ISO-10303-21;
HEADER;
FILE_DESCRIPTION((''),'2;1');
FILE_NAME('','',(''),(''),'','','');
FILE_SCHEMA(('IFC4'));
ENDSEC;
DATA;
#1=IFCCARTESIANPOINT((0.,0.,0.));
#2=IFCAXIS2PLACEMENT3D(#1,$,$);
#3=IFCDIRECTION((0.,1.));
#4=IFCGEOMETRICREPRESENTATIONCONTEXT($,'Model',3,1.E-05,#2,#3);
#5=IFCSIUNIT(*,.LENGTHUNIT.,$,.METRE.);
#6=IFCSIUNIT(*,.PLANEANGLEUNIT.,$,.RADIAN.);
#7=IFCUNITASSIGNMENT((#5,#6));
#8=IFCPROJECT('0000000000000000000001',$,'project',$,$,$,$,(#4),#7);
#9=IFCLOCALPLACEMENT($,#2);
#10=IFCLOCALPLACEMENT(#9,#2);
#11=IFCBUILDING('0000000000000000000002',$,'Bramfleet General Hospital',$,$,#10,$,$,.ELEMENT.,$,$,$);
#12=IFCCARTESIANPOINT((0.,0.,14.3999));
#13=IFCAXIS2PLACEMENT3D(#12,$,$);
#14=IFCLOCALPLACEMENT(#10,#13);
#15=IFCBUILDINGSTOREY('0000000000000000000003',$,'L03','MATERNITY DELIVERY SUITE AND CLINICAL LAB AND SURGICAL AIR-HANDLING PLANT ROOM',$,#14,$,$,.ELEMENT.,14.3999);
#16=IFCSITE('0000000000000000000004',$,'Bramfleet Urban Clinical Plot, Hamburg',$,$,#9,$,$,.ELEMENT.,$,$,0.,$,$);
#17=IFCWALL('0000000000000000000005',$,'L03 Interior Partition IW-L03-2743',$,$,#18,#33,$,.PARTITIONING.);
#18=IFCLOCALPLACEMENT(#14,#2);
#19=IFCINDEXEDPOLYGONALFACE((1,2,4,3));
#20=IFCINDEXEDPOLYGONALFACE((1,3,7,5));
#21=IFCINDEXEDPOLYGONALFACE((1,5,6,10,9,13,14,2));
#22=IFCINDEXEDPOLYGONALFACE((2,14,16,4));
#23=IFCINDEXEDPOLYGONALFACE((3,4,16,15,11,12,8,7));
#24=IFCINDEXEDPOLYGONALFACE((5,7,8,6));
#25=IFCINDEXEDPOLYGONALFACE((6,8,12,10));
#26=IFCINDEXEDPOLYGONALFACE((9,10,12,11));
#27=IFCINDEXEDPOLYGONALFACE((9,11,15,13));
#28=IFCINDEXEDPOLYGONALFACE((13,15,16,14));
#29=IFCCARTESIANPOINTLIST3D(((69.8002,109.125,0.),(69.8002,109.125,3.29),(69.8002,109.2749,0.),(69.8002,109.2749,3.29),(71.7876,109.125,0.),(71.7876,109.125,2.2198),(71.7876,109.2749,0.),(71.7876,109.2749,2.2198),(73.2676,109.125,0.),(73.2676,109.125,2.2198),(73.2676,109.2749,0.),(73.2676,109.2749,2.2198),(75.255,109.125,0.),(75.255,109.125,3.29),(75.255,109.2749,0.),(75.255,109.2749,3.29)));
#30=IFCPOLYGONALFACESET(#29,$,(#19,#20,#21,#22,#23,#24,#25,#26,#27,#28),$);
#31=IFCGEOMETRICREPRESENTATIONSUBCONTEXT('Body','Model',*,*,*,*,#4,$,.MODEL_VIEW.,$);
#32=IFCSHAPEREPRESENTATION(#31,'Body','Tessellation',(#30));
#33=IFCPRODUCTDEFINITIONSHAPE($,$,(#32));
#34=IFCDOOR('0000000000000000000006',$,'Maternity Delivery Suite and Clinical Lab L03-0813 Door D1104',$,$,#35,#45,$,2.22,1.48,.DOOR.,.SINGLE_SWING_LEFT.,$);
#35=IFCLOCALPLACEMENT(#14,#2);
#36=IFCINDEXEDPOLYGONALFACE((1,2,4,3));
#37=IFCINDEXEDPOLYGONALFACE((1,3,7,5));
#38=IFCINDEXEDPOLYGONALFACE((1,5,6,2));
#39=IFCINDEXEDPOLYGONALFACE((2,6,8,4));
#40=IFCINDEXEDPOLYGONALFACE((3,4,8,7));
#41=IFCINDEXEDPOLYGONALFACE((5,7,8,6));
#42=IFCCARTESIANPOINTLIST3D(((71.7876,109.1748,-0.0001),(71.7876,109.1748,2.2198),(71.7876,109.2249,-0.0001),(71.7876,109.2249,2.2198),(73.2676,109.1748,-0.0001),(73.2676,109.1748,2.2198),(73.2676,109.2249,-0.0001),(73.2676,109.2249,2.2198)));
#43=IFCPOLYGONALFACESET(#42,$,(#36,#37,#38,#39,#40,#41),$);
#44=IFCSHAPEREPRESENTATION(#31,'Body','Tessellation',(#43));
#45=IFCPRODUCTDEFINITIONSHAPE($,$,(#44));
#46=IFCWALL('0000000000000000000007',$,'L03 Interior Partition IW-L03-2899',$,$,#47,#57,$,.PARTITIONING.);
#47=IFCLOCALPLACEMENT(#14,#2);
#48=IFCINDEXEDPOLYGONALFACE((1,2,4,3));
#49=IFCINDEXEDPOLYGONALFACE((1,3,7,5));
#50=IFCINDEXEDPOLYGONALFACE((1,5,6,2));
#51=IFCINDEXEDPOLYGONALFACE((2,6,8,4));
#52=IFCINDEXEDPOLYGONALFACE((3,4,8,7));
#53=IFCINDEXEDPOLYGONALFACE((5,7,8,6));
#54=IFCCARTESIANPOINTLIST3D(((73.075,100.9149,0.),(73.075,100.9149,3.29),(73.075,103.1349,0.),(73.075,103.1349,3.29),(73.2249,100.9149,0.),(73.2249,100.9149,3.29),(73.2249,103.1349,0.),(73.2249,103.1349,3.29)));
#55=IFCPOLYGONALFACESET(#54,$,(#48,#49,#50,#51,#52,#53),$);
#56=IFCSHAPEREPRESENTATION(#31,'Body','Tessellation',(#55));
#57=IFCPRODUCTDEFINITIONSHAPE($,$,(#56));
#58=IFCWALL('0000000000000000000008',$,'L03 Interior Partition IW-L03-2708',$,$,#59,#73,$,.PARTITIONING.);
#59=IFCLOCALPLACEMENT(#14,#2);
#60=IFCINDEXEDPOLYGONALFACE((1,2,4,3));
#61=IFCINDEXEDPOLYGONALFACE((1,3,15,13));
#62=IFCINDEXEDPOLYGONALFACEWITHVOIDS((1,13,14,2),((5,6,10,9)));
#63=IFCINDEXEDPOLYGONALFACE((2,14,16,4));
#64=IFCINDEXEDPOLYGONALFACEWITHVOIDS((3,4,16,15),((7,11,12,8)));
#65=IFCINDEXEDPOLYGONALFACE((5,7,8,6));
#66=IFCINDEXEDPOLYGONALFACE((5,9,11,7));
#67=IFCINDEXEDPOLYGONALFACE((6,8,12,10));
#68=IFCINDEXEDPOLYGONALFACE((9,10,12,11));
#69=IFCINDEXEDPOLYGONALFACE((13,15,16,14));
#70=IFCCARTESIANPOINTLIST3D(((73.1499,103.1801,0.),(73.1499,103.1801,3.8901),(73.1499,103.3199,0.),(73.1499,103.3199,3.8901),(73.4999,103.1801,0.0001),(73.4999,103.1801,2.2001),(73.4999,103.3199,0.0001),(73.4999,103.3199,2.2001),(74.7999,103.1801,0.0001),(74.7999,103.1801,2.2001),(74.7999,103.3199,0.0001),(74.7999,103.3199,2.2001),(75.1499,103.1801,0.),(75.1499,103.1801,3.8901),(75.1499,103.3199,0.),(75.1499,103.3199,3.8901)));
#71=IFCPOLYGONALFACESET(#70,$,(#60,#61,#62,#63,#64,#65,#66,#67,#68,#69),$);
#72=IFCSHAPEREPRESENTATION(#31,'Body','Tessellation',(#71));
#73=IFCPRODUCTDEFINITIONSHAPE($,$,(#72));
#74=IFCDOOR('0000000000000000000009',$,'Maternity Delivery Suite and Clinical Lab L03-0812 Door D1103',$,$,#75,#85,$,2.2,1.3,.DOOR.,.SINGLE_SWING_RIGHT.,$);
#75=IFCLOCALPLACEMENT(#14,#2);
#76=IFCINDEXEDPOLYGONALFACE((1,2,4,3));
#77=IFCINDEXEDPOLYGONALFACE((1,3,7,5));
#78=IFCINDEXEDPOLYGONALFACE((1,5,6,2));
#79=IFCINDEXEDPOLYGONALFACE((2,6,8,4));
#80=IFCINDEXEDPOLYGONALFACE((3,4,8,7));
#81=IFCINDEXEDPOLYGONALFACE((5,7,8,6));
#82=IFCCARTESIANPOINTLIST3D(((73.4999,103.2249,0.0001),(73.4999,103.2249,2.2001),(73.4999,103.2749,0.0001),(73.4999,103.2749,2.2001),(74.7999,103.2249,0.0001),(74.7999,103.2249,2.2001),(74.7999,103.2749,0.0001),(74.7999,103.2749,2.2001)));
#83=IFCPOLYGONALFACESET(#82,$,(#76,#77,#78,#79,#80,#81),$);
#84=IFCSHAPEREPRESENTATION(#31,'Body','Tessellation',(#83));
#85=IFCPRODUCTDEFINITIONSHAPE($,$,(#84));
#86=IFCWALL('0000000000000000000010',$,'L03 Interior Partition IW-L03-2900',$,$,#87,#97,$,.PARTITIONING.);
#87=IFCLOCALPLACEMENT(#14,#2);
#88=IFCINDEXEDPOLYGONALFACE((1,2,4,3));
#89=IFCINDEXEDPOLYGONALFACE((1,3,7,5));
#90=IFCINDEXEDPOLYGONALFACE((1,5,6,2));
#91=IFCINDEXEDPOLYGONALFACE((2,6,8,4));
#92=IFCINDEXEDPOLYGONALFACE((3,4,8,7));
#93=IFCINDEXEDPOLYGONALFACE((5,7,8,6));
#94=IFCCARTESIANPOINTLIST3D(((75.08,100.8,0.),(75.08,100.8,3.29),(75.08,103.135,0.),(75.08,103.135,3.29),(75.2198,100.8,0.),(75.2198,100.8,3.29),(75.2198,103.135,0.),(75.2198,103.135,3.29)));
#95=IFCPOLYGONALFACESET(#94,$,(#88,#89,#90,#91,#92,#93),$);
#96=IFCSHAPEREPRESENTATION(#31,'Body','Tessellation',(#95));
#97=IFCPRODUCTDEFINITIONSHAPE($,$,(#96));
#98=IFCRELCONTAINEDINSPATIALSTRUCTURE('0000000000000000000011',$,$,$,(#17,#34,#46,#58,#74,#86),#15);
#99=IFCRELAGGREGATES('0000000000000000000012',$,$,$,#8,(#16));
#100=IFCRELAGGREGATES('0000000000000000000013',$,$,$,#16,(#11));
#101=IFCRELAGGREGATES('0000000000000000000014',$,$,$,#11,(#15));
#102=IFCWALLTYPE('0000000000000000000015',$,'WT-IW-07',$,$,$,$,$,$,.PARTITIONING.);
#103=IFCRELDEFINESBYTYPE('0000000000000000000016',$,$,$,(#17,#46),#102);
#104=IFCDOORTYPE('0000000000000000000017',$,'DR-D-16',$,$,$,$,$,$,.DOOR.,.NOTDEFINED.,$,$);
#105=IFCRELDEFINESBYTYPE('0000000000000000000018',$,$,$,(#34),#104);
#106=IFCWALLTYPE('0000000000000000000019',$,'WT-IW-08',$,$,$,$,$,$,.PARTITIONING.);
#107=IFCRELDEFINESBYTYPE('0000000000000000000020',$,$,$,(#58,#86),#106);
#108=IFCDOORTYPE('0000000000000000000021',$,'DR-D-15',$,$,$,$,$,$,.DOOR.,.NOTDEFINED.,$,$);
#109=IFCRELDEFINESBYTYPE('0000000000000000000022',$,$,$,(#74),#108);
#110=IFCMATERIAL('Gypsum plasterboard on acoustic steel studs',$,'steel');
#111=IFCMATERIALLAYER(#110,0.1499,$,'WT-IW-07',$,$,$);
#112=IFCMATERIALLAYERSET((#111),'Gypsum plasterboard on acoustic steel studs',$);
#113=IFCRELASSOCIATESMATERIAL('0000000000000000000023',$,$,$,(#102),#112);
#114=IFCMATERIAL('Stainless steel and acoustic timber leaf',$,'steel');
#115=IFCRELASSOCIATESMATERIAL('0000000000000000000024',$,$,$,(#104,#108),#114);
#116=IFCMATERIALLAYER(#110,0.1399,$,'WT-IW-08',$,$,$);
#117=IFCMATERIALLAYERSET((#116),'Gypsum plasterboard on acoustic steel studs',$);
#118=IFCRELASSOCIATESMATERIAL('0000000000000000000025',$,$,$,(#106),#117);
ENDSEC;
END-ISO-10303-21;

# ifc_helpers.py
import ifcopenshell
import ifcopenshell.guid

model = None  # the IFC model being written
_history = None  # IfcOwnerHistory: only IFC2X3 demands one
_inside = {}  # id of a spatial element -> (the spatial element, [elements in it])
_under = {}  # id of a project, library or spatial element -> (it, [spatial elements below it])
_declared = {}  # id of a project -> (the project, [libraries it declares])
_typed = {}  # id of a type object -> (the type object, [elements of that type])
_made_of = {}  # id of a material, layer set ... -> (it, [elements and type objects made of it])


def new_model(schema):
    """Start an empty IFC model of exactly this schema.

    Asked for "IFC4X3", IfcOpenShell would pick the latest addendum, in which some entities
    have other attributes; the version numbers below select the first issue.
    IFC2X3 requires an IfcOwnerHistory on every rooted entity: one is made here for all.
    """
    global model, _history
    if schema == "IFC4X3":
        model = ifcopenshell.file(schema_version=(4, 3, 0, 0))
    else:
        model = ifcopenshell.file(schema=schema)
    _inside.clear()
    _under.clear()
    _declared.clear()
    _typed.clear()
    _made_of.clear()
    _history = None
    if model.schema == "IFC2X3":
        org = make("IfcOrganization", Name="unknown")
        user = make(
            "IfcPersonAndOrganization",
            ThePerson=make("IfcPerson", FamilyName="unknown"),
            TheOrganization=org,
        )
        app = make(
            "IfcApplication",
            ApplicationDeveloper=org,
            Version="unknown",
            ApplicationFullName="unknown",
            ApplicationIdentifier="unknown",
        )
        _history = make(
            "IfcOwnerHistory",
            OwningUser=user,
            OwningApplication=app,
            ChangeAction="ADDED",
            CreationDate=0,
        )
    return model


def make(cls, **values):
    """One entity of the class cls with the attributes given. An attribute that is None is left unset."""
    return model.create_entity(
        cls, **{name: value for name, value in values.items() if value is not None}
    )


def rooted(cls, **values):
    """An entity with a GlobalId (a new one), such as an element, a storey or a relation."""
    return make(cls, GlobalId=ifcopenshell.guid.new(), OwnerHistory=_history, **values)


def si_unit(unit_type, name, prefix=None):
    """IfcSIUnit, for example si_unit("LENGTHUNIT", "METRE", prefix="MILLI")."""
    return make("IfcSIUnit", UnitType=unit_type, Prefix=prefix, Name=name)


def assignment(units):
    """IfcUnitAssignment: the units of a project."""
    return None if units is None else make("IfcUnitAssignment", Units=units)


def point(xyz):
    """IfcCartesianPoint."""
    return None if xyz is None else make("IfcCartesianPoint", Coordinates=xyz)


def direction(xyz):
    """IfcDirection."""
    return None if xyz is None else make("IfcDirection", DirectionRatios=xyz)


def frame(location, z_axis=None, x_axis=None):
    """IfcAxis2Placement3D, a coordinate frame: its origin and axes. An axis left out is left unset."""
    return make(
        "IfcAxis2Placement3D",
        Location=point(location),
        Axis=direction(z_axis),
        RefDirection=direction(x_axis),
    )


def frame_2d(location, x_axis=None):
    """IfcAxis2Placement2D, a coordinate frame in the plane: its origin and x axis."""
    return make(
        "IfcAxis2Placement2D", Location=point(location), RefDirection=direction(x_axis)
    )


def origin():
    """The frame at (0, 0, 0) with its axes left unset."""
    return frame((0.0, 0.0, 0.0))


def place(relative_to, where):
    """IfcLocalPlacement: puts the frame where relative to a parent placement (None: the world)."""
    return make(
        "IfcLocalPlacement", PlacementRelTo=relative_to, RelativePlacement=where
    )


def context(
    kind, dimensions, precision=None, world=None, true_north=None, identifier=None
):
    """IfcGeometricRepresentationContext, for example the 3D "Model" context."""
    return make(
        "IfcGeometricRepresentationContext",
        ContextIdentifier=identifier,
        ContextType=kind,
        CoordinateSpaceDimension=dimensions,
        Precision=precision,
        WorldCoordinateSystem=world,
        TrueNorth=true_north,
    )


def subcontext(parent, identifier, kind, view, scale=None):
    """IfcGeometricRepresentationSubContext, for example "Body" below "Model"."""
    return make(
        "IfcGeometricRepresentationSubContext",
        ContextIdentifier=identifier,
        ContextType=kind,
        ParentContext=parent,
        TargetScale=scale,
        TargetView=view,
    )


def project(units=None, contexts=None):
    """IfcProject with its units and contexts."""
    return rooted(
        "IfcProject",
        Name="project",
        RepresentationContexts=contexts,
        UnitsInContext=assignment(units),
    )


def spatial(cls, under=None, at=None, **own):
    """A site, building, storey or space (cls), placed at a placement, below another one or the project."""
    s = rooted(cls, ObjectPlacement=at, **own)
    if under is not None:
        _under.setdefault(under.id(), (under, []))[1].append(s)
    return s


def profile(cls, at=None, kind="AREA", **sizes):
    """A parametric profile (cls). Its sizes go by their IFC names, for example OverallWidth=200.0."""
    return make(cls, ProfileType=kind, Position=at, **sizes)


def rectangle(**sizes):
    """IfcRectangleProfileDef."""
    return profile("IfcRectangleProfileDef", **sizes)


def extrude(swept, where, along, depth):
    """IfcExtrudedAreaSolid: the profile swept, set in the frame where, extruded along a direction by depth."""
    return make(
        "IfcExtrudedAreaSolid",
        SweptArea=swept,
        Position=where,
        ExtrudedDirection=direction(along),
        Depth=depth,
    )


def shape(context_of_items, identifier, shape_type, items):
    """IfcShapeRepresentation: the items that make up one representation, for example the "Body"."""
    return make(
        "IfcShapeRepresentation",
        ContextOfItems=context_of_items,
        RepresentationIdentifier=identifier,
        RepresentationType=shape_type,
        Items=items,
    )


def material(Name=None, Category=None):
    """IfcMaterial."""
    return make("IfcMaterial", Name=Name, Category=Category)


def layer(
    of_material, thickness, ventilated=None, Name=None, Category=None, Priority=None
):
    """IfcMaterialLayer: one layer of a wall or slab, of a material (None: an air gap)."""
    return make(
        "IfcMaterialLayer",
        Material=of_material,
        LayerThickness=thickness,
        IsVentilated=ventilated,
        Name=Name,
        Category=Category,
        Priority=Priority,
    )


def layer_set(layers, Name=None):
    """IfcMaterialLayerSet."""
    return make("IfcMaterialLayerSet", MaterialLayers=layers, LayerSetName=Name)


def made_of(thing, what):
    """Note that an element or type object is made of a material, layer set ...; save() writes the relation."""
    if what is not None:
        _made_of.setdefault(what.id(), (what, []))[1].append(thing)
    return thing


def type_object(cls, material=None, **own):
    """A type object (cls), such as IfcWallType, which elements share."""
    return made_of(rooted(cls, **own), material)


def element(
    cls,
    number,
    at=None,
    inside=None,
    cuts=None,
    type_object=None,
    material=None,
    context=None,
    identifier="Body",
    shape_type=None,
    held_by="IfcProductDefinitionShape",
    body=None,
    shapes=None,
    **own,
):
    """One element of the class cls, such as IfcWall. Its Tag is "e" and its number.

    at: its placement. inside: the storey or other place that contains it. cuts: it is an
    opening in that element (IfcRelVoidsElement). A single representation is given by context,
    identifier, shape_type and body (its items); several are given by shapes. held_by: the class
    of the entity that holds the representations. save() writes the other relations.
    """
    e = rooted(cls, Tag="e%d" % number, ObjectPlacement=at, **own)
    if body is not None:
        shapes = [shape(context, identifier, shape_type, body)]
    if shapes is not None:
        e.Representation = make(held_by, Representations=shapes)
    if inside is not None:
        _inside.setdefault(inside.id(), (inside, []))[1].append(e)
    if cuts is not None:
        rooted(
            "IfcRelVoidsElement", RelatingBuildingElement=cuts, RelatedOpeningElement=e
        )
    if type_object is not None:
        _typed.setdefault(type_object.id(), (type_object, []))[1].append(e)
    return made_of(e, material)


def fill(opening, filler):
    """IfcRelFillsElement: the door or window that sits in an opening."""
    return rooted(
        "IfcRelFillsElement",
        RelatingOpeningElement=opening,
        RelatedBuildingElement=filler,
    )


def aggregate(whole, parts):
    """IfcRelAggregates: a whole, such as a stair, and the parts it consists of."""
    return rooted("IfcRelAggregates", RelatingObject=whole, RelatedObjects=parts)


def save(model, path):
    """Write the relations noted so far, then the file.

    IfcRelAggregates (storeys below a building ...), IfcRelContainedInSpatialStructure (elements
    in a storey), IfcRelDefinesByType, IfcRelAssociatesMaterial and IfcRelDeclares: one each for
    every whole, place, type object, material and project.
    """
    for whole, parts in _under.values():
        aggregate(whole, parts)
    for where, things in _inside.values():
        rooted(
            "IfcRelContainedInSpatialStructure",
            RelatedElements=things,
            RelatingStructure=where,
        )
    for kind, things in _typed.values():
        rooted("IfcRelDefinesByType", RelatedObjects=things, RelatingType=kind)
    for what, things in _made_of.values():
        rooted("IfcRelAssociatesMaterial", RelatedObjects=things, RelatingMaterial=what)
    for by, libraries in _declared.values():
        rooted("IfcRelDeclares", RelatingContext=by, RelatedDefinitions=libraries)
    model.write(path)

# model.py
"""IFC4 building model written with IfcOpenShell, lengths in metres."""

from ifc_helpers import new_model, si_unit, direction, frame, frame_2d, origin, place, context, subcontext, project, spatial, rectangle, extrude, material, layer, layer_set, type_object, element, fill, save


model = new_model("IFC4")

# Units and contexts
model_context = context("Model", 3, precision=1e-05, world=origin(), true_north=direction((0.0, 1.0)))
body_context = subcontext(model_context, "Body", "Model", "MODEL_VIEW")
ifc_project = project(units=[si_unit("LENGTHUNIT", "METRE"), si_unit("PLANEANGLEUNIT", "RADIAN")], contexts=[model_context])

# Site, building, storey
site_placement = place(None, origin())
site = spatial("IfcSite", under=ifc_project, at=site_placement, Name="Bramfleet Urban Clinical Plot, Hamburg", CompositionType="ELEMENT", RefElevation=0.0)
building_placement = place(site_placement, origin())
building = spatial("IfcBuilding", under=site, at=building_placement, Name="Bramfleet General Hospital", CompositionType="ELEMENT")
storey_placement = place(building_placement, frame((0.0, 0.0, 14.3999)))
storey = spatial("IfcBuildingStorey", under=building, at=storey_placement, Name="L03", Description="MATERNITY DELIVERY SUITE AND CLINICAL LAB AND SURGICAL AIR-HANDLING PLANT ROOM", CompositionType="ELEMENT", Elevation=14.3999)

# Shared definitions
ifc_material_1 = material(Name="Gypsum plasterboard on acoustic steel studs", Category="steel")

# Wall, opening, door
ifc_layer_1 = layer(ifc_material_1, 0.1499, Name="WT-IW-07")
ifc_layer_set_1 = layer_set([ifc_layer_1], Name="Gypsum plasterboard on acoustic steel studs")
wall_type_1 = type_object("IfcWallType", Name="WT-IW-07", PredefinedType="PARTITIONING", material=ifc_layer_set_1)
wall_1_placement = place(storey_placement, frame((69.8, 109.2, 0.0), z_axis=(0.0, 0.0, 1.0), x_axis=(1.0, 0.0, 0.0)))
wall_1 = element("IfcWall", 1, at=wall_1_placement, inside=storey, type_object=wall_type_1, Name="L03 Interior Partition IW-L03-2743", PredefinedType="PARTITIONING", context=body_context, shape_type="SweptSolid", body=[
    extrude(rectangle(XDim=5.4548, YDim=0.1499, at=frame_2d((2.7275, 0.0))), origin(), (0.0, 0.0, 1.0), 3.29),
])
opening_1_placement = place(wall_1_placement, frame((1.9875, 0.0, 0.0)))
opening_1 = element("IfcOpeningElement", 2, at=opening_1_placement, cuts=wall_1, PredefinedType="OPENING", context=body_context, shape_type="SweptSolid", body=[
    extrude(rectangle(XDim=1.48, YDim=2.22, at=frame_2d((0.74, 1.1099))), frame((0.0, 0.085, 0.0), z_axis=(0.0, -1.0, 0.0), x_axis=(1.0, 0.0, 0.0)), (0.0, 0.0, 1.0), 0.1699),
])
ifc_material_2 = material(Name="Stainless steel and acoustic timber leaf", Category="steel")
door_type_1 = type_object("IfcDoorType", Name="DR-D-16", OperationType="NOTDEFINED", PredefinedType="DOOR", material=ifc_material_2)
door_1_placement = place(opening_1_placement, origin())
door_1 = element("IfcDoor", 3, at=door_1_placement, inside=storey, type_object=door_type_1, Name="Maternity Delivery Suite and Clinical Lab L03-0813 Door D1104", OperationType="SINGLE_SWING_LEFT", OverallHeight=2.22, OverallWidth=1.48, PredefinedType="DOOR", context=body_context, shape_type="SweptSolid", body=[
    extrude(rectangle(XDim=1.48, YDim=2.22, at=frame_2d((0.74, 1.1099))), frame((0.0, 0.0249, 0.0), z_axis=(0.0, -1.0, 0.0), x_axis=(1.0, 0.0, 0.0)), (0.0, 0.0, 1.0), 0.05),
])
fill(opening_1, door_1)

# Wall
wall_2_placement = place(storey_placement, frame((73.1499, 100.915, 0.0), z_axis=(0.0, 0.0, 1.0), x_axis=(0.0, 1.0, 0.0)))
element("IfcWall", 4, at=wall_2_placement, inside=storey, type_object=wall_type_1, Name="L03 Interior Partition IW-L03-2899", PredefinedType="PARTITIONING", context=body_context, shape_type="SweptSolid", body=[
    extrude(rectangle(XDim=2.22, YDim=0.1499, at=frame_2d((1.1099, 0.0))), origin(), (0.0, 0.0, 1.0), 3.29),
])

# Wall, opening, door
ifc_layer_2 = layer(ifc_material_1, 0.1399, Name="WT-IW-08")
ifc_layer_set_2 = layer_set([ifc_layer_2], Name="Gypsum plasterboard on acoustic steel studs")
wall_type_2 = type_object("IfcWallType", Name="WT-IW-08", PredefinedType="PARTITIONING", material=ifc_layer_set_2)
wall_3_placement = place(storey_placement, frame((73.1499, 103.25, 0.0), z_axis=(0.0, 0.0, 1.0), x_axis=(1.0, 0.0, 0.0)))
wall_3 = element("IfcWall", 5, at=wall_3_placement, inside=storey, type_object=wall_type_2, Name="L03 Interior Partition IW-L03-2708", PredefinedType="PARTITIONING", context=body_context, shape_type="SweptSolid", body=[
    extrude(rectangle(XDim=2.0, YDim=0.1399, at=frame_2d((1.0, 0.0))), origin(), (0.0, 0.0, 1.0), 3.8901),
])
opening_2_placement = place(wall_3_placement, frame((0.3501, 0.0, 0.0)))
opening_2 = element("IfcOpeningElement", 6, at=opening_2_placement, cuts=wall_3, PredefinedType="OPENING", context=body_context, shape_type="SweptSolid", body=[
    extrude(rectangle(XDim=1.3, YDim=2.2, at=frame_2d((0.6499, 1.1001))), frame((0.0, 0.0798, 0.0), z_axis=(0.0, -1.0, 0.0), x_axis=(1.0, 0.0, 0.0)), (0.0, 0.0, 1.0), 0.1599),
])
door_type_2 = type_object("IfcDoorType", Name="DR-D-15", OperationType="NOTDEFINED", PredefinedType="DOOR", material=ifc_material_2)
door_2_placement = place(opening_2_placement, origin())
door_2 = element("IfcDoor", 7, at=door_2_placement, inside=storey, type_object=door_type_2, Name="Maternity Delivery Suite and Clinical Lab L03-0812 Door D1103", OperationType="SINGLE_SWING_RIGHT", OverallHeight=2.2, OverallWidth=1.3, PredefinedType="DOOR", context=body_context, shape_type="SweptSolid", body=[
    extrude(rectangle(XDim=1.3, YDim=2.2, at=frame_2d((0.6499, 1.1001))), frame((0.0, 0.0249, 0.0), z_axis=(0.0, -1.0, 0.0), x_axis=(1.0, 0.0, 0.0)), (0.0, 0.0, 1.0), 0.05),
])
fill(opening_2, door_2)

# Wall
wall_4_placement = place(storey_placement, frame((75.1499, 100.8, 0.0), z_axis=(0.0, 0.0, 1.0), x_axis=(0.0, 1.0, 0.0)))
element("IfcWall", 8, at=wall_4_placement, inside=storey, type_object=wall_type_2, Name="L03 Interior Partition IW-L03-2900", PredefinedType="PARTITIONING", context=body_context, shape_type="SweptSolid", body=[
    extrude(rectangle(XDim=2.335, YDim=0.1399, at=frame_2d((1.1675, 0.0))), origin(), (0.0, 0.0, 1.0), 3.29),
])

save(model, "model.ifc")
